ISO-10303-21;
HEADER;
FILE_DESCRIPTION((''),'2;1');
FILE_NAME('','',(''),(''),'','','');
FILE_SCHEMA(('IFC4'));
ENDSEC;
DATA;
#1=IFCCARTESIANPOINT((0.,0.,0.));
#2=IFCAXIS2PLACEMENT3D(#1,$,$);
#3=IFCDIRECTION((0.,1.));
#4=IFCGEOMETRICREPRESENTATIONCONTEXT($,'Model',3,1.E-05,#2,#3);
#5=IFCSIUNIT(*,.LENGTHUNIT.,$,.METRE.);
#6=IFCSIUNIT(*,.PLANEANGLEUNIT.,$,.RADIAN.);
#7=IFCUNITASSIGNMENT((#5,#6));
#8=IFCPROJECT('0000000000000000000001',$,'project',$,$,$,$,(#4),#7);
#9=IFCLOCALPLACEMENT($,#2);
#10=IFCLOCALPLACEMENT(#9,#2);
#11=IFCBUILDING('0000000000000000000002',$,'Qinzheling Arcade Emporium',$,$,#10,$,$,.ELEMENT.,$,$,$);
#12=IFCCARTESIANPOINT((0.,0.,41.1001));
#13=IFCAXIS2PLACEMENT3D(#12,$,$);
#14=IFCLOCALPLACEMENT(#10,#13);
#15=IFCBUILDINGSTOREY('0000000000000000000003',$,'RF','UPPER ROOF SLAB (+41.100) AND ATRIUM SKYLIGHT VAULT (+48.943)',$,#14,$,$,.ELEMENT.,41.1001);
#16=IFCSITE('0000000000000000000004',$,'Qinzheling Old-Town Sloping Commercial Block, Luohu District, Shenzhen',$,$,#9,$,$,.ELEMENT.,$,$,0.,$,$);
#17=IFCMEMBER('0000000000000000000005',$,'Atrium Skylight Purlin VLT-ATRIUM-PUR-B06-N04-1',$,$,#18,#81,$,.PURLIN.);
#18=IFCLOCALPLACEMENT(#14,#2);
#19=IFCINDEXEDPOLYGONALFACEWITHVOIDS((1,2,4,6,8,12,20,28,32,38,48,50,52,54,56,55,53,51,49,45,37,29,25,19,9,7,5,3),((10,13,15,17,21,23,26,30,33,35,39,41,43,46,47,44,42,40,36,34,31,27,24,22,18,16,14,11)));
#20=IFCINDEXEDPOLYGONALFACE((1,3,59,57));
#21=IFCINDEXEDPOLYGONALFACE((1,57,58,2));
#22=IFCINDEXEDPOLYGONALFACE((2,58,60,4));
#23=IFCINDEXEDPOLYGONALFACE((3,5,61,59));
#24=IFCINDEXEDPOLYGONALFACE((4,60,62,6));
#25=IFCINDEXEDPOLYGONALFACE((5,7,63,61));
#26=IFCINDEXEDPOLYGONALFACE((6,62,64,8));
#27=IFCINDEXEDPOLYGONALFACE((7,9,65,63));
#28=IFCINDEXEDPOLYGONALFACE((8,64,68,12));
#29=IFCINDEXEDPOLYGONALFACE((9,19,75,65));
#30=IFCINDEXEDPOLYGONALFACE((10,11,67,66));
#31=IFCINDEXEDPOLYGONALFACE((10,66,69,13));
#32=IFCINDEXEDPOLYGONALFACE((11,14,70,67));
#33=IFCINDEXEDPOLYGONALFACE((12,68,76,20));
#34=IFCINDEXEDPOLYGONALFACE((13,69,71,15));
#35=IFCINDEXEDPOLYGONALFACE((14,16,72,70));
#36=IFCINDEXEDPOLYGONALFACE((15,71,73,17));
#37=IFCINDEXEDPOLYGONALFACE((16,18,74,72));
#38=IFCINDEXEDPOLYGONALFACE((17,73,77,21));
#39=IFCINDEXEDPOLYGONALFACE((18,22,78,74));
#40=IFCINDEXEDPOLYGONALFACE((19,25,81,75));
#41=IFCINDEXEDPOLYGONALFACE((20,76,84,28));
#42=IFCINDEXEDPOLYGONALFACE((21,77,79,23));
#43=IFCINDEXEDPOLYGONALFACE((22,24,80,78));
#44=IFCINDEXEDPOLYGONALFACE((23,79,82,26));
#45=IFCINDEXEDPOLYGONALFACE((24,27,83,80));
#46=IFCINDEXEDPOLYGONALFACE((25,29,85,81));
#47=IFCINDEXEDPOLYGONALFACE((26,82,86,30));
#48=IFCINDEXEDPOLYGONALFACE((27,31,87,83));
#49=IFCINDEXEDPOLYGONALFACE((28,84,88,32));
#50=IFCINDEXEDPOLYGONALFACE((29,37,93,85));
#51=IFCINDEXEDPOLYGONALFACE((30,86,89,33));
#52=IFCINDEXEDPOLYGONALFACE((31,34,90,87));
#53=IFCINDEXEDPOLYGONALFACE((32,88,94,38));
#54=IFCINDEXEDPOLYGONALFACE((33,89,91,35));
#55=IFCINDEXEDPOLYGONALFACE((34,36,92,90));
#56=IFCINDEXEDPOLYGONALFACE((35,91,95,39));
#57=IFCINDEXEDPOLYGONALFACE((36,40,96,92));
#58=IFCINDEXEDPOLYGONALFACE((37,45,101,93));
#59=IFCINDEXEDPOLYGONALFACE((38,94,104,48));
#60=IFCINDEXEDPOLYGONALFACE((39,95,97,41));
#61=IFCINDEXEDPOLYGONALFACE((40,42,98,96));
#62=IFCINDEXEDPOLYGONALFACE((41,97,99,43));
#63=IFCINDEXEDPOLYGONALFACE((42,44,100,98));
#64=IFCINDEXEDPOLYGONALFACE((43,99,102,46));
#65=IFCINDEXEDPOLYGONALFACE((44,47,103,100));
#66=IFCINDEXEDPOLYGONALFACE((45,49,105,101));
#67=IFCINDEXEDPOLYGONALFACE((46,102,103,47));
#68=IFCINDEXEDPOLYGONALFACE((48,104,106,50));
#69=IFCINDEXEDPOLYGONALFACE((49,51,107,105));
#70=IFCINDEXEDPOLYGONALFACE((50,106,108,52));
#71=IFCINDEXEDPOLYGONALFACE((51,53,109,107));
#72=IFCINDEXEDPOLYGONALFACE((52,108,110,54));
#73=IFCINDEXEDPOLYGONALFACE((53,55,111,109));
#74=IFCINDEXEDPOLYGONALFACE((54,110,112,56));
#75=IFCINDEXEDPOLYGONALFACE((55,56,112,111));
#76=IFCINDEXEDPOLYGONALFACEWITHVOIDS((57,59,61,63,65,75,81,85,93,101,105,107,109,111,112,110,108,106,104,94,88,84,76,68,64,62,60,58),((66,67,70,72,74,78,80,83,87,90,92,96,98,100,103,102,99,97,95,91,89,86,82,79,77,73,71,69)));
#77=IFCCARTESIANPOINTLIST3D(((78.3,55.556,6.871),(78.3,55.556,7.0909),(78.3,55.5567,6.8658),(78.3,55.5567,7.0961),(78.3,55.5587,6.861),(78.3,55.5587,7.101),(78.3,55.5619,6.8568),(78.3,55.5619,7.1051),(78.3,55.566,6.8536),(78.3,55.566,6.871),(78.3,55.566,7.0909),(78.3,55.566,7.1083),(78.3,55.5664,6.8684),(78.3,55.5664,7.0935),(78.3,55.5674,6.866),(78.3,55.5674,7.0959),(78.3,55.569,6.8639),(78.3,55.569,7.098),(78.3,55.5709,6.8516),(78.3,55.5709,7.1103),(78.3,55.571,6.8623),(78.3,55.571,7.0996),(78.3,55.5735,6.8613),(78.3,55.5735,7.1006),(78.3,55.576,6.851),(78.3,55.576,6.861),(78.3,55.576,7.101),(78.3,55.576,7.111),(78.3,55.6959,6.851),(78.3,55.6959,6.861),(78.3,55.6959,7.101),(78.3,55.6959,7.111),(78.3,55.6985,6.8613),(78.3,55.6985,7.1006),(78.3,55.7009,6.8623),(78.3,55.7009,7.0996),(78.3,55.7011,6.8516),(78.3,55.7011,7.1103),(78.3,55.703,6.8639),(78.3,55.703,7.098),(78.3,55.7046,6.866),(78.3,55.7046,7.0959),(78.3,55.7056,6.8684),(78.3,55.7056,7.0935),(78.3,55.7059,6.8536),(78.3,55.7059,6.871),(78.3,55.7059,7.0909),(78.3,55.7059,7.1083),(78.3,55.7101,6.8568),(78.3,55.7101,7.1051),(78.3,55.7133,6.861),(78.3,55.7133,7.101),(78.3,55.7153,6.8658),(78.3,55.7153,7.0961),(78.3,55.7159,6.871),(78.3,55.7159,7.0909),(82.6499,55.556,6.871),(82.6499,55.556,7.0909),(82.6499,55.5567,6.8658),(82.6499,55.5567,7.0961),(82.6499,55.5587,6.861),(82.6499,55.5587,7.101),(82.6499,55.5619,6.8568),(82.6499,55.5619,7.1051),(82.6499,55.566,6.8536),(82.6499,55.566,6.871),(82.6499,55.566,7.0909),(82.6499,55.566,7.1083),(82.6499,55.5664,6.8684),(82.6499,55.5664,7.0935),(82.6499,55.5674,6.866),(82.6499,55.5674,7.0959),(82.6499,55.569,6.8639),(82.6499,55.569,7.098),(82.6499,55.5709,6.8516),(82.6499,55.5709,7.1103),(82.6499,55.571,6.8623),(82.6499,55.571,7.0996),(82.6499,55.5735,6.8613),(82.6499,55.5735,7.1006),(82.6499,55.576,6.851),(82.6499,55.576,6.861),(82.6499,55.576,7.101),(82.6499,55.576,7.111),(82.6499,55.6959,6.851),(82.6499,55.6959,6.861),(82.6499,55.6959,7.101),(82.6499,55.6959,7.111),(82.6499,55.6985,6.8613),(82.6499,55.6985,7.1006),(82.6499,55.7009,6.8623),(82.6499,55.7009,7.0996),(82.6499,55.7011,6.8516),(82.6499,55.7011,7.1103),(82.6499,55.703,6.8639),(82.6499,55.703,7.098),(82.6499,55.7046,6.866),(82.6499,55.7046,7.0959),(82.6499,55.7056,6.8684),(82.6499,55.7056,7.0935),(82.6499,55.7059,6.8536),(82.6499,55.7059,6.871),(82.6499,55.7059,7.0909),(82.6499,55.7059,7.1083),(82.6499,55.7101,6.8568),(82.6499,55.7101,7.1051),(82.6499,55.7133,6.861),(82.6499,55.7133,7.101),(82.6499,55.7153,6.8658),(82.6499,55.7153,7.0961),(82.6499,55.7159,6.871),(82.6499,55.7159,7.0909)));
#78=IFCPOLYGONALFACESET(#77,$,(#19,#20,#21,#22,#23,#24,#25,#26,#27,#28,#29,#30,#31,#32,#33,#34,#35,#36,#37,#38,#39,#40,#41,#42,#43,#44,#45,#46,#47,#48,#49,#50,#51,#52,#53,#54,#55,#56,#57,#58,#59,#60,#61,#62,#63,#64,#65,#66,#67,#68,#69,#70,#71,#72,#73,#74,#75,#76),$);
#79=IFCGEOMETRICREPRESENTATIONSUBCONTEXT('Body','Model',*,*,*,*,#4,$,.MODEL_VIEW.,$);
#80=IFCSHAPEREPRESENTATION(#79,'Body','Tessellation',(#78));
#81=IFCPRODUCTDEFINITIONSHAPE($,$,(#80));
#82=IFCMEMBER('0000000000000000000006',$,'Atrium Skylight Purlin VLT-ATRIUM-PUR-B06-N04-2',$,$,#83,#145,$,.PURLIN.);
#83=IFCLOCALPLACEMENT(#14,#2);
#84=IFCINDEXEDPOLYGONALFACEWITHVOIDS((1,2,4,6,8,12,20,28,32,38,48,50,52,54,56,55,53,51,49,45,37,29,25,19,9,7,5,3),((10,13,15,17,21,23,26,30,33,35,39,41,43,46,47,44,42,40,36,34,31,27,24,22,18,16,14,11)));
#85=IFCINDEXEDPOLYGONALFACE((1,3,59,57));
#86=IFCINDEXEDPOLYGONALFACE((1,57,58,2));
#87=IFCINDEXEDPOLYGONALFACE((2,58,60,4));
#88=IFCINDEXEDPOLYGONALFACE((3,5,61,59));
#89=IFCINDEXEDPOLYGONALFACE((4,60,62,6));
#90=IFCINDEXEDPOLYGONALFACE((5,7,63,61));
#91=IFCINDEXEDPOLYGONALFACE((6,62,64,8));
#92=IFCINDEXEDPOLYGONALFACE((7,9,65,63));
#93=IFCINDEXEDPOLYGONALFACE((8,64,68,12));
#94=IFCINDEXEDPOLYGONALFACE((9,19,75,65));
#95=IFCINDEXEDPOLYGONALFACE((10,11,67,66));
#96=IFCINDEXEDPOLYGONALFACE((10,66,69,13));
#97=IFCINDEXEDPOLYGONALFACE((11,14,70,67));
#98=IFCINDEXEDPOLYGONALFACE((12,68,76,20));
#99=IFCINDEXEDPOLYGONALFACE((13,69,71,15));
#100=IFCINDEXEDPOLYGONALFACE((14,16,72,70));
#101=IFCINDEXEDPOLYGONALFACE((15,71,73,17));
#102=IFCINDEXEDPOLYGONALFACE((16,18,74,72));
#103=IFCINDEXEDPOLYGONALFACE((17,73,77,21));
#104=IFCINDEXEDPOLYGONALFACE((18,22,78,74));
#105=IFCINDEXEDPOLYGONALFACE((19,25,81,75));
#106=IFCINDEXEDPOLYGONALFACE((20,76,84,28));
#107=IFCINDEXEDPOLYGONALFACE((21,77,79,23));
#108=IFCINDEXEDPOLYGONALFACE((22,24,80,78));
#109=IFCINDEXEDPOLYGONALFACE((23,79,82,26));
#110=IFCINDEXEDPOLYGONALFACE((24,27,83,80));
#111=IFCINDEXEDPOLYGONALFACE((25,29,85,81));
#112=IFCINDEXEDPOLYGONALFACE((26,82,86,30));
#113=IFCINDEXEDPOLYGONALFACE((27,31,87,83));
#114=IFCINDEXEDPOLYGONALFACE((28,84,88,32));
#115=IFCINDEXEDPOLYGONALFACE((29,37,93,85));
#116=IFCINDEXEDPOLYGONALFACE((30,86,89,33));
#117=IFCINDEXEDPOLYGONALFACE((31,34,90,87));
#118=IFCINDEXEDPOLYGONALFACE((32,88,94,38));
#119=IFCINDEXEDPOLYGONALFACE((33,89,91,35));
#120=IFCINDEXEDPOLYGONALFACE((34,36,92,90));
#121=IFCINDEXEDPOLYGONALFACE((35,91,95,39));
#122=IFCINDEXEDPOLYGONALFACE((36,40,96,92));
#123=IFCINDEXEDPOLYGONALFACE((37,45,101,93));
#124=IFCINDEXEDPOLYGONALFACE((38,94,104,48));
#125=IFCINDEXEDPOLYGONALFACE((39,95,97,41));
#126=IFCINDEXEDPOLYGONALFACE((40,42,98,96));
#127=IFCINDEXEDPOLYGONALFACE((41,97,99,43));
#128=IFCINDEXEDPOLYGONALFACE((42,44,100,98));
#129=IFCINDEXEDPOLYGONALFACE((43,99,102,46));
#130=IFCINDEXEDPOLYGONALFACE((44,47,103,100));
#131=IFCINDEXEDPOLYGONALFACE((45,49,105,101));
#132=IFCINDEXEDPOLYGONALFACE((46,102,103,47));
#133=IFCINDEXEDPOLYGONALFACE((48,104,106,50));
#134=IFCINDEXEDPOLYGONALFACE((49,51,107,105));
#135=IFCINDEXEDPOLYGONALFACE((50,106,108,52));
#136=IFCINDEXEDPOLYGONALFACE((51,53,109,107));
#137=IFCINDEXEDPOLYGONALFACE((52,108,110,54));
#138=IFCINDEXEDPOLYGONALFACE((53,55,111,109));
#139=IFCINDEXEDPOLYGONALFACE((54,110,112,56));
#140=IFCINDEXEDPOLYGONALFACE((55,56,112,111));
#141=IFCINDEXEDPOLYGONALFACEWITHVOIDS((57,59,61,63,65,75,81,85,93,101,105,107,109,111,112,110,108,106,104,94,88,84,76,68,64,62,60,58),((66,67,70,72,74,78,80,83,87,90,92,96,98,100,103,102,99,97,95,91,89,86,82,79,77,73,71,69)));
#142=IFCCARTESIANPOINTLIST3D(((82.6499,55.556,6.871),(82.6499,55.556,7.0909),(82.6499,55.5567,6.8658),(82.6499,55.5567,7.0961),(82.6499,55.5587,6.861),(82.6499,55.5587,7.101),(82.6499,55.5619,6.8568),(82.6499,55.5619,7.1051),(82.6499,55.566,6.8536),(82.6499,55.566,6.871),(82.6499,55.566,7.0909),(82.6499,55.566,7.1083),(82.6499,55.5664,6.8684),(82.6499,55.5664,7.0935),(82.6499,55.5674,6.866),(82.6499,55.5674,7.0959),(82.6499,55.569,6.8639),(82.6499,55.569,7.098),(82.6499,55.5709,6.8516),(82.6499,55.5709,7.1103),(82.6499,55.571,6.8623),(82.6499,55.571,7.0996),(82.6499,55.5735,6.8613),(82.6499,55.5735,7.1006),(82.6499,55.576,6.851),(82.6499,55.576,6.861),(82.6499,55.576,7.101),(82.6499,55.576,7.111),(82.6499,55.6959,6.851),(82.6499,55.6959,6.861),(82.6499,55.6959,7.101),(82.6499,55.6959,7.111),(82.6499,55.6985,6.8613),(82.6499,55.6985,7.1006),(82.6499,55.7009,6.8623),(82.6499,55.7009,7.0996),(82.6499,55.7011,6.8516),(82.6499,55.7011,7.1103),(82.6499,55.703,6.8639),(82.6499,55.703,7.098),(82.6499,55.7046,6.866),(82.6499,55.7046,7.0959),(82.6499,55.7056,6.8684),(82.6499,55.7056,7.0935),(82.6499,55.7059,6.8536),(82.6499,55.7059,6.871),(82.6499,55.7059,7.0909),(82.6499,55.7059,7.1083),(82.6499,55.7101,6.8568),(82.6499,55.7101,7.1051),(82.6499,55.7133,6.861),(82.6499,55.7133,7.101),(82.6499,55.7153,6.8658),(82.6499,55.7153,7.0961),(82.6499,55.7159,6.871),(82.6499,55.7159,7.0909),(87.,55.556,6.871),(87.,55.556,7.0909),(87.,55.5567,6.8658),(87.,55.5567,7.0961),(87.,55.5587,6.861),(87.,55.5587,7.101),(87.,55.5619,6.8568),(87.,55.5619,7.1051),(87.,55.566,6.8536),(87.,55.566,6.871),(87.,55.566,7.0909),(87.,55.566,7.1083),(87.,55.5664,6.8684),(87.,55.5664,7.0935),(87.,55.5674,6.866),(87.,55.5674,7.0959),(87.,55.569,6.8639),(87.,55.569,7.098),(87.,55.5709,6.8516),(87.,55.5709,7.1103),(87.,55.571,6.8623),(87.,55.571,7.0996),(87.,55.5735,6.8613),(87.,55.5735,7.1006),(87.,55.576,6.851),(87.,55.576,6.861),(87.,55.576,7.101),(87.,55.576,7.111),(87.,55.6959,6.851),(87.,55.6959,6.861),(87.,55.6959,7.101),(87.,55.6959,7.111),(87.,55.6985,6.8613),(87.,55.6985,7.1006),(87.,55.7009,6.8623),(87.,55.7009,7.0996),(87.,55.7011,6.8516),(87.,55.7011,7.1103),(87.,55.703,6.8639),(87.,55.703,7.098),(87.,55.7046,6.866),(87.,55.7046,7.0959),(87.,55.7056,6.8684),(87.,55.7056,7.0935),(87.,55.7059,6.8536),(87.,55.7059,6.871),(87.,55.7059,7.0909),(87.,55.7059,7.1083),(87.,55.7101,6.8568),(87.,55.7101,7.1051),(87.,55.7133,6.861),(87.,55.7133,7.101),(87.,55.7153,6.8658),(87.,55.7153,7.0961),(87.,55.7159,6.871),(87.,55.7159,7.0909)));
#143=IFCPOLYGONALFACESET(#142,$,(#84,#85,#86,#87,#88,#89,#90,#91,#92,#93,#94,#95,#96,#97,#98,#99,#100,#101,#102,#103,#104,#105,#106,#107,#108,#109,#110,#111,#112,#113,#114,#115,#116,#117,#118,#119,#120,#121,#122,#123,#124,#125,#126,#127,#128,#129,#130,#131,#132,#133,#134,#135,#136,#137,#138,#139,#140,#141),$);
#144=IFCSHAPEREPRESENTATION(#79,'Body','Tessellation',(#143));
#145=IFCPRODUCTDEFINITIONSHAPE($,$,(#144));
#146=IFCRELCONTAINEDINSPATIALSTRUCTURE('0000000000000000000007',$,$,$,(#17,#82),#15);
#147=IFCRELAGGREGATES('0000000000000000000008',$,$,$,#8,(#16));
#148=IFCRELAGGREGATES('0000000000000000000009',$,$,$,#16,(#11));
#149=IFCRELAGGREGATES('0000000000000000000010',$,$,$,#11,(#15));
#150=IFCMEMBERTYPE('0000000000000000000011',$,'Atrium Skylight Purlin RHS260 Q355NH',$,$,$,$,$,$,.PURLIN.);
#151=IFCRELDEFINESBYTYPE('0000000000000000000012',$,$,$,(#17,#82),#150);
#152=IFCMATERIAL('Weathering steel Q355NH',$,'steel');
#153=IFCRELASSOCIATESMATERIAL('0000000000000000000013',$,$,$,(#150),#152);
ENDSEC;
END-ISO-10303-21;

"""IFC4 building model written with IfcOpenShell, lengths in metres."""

from ifc_helpers import new_model, si_unit, direction, frame, origin, origin_2d, place, context, subcontext, project, spatial, hollow_rectangle, extrude, material, material_profile, profile_set, type_object, element, save


model = new_model("IFC4")

# Units and contexts
model_context = context("Model", 3, precision=1e-05, world=origin(), true_north=direction((0.0, 1.0)))
body_context = subcontext(model_context, "Body", "Model", "MODEL_VIEW")
ifc_project = project(units=[si_unit("LENGTHUNIT", "METRE"), si_unit("PLANEANGLEUNIT", "RADIAN")], contexts=[model_context])

# Site, building, storey
site_placement = place(None, origin())
site = spatial("IfcSite", under=ifc_project, at=site_placement, Name="Qinzheling Old-Town Sloping Commercial Block, Luohu District, Shenzhen", CompositionType="ELEMENT", RefElevation=0.0)
building_placement = place(site_placement, origin())
building = spatial("IfcBuilding", under=site, at=building_placement, Name="Qinzheling Arcade Emporium", CompositionType="ELEMENT")
storey_placement = place(building_placement, frame((0.0, 0.0, 41.1001)))
storey = spatial("IfcBuildingStorey", under=building, at=storey_placement, Name="RF", Description="UPPER ROOF SLAB (+41.100) AND ATRIUM SKYLIGHT VAULT (+48.943)", CompositionType="ELEMENT", Elevation=41.1001)

# Shared definitions
ifc_material_1 = material(Name="Weathering steel Q355NH", Category="steel")

# Members
ifc_material_profile_1 = material_profile(ifc_material_1, hollow_rectangle(XDim=0.1599, YDim=0.26, WallThickness=0.01, InnerFilletRadius=0.01, OuterFilletRadius=0.02, at=origin_2d()), Name="RHS 260x160x10", Category="steel")
ifc_profile_set_1 = profile_set([ifc_material_profile_1], Name="Weathering steel Q355NH")
member_type = type_object("IfcMemberType", Name="Atrium Skylight Purlin RHS260 Q355NH", PredefinedType="PURLIN", material=ifc_profile_set_1)
member_1_placement = place(storey_placement, frame((78.3, 55.636, 6.981), z_axis=(1.0, 0.0, 0.0), x_axis=(0.0, 1.0, 0.0)))
element("IfcMember", 1, at=member_1_placement, inside=storey, type_object=member_type, Name="Atrium Skylight Purlin VLT-ATRIUM-PUR-B06-N04-1", PredefinedType="PURLIN", context=body_context, shape_type="SweptSolid", body=[
    extrude(hollow_rectangle(XDim=0.1599, YDim=0.26, WallThickness=0.01, InnerFilletRadius=0.01, OuterFilletRadius=0.02, at=origin_2d()), origin(), (0.0, 0.0, 1.0), 4.3499),
])
for number, where, z_axis, x_axis, name in (
    (2, (82.6499, 55.636, 6.981), (1.0, 0.0, 0.0), (0.0, 1.0, 0.0), "Atrium Skylight Purlin VLT-ATRIUM-PUR-B06-N04-2"),
):
    element("IfcMember", number, at=place(storey_placement, frame(where, z_axis=z_axis, x_axis=x_axis)), inside=storey, type_object=member_type, Name=name, PredefinedType="PURLIN", context=body_context, shape_type="SweptSolid", body=[
        extrude(hollow_rectangle(XDim=0.1599, YDim=0.26, WallThickness=0.01, InnerFilletRadius=0.01, OuterFilletRadius=0.02, at=origin_2d()), origin(), (0.0, 0.0, 1.0), 4.3501),
    ])

save(model, "model.ifc")
